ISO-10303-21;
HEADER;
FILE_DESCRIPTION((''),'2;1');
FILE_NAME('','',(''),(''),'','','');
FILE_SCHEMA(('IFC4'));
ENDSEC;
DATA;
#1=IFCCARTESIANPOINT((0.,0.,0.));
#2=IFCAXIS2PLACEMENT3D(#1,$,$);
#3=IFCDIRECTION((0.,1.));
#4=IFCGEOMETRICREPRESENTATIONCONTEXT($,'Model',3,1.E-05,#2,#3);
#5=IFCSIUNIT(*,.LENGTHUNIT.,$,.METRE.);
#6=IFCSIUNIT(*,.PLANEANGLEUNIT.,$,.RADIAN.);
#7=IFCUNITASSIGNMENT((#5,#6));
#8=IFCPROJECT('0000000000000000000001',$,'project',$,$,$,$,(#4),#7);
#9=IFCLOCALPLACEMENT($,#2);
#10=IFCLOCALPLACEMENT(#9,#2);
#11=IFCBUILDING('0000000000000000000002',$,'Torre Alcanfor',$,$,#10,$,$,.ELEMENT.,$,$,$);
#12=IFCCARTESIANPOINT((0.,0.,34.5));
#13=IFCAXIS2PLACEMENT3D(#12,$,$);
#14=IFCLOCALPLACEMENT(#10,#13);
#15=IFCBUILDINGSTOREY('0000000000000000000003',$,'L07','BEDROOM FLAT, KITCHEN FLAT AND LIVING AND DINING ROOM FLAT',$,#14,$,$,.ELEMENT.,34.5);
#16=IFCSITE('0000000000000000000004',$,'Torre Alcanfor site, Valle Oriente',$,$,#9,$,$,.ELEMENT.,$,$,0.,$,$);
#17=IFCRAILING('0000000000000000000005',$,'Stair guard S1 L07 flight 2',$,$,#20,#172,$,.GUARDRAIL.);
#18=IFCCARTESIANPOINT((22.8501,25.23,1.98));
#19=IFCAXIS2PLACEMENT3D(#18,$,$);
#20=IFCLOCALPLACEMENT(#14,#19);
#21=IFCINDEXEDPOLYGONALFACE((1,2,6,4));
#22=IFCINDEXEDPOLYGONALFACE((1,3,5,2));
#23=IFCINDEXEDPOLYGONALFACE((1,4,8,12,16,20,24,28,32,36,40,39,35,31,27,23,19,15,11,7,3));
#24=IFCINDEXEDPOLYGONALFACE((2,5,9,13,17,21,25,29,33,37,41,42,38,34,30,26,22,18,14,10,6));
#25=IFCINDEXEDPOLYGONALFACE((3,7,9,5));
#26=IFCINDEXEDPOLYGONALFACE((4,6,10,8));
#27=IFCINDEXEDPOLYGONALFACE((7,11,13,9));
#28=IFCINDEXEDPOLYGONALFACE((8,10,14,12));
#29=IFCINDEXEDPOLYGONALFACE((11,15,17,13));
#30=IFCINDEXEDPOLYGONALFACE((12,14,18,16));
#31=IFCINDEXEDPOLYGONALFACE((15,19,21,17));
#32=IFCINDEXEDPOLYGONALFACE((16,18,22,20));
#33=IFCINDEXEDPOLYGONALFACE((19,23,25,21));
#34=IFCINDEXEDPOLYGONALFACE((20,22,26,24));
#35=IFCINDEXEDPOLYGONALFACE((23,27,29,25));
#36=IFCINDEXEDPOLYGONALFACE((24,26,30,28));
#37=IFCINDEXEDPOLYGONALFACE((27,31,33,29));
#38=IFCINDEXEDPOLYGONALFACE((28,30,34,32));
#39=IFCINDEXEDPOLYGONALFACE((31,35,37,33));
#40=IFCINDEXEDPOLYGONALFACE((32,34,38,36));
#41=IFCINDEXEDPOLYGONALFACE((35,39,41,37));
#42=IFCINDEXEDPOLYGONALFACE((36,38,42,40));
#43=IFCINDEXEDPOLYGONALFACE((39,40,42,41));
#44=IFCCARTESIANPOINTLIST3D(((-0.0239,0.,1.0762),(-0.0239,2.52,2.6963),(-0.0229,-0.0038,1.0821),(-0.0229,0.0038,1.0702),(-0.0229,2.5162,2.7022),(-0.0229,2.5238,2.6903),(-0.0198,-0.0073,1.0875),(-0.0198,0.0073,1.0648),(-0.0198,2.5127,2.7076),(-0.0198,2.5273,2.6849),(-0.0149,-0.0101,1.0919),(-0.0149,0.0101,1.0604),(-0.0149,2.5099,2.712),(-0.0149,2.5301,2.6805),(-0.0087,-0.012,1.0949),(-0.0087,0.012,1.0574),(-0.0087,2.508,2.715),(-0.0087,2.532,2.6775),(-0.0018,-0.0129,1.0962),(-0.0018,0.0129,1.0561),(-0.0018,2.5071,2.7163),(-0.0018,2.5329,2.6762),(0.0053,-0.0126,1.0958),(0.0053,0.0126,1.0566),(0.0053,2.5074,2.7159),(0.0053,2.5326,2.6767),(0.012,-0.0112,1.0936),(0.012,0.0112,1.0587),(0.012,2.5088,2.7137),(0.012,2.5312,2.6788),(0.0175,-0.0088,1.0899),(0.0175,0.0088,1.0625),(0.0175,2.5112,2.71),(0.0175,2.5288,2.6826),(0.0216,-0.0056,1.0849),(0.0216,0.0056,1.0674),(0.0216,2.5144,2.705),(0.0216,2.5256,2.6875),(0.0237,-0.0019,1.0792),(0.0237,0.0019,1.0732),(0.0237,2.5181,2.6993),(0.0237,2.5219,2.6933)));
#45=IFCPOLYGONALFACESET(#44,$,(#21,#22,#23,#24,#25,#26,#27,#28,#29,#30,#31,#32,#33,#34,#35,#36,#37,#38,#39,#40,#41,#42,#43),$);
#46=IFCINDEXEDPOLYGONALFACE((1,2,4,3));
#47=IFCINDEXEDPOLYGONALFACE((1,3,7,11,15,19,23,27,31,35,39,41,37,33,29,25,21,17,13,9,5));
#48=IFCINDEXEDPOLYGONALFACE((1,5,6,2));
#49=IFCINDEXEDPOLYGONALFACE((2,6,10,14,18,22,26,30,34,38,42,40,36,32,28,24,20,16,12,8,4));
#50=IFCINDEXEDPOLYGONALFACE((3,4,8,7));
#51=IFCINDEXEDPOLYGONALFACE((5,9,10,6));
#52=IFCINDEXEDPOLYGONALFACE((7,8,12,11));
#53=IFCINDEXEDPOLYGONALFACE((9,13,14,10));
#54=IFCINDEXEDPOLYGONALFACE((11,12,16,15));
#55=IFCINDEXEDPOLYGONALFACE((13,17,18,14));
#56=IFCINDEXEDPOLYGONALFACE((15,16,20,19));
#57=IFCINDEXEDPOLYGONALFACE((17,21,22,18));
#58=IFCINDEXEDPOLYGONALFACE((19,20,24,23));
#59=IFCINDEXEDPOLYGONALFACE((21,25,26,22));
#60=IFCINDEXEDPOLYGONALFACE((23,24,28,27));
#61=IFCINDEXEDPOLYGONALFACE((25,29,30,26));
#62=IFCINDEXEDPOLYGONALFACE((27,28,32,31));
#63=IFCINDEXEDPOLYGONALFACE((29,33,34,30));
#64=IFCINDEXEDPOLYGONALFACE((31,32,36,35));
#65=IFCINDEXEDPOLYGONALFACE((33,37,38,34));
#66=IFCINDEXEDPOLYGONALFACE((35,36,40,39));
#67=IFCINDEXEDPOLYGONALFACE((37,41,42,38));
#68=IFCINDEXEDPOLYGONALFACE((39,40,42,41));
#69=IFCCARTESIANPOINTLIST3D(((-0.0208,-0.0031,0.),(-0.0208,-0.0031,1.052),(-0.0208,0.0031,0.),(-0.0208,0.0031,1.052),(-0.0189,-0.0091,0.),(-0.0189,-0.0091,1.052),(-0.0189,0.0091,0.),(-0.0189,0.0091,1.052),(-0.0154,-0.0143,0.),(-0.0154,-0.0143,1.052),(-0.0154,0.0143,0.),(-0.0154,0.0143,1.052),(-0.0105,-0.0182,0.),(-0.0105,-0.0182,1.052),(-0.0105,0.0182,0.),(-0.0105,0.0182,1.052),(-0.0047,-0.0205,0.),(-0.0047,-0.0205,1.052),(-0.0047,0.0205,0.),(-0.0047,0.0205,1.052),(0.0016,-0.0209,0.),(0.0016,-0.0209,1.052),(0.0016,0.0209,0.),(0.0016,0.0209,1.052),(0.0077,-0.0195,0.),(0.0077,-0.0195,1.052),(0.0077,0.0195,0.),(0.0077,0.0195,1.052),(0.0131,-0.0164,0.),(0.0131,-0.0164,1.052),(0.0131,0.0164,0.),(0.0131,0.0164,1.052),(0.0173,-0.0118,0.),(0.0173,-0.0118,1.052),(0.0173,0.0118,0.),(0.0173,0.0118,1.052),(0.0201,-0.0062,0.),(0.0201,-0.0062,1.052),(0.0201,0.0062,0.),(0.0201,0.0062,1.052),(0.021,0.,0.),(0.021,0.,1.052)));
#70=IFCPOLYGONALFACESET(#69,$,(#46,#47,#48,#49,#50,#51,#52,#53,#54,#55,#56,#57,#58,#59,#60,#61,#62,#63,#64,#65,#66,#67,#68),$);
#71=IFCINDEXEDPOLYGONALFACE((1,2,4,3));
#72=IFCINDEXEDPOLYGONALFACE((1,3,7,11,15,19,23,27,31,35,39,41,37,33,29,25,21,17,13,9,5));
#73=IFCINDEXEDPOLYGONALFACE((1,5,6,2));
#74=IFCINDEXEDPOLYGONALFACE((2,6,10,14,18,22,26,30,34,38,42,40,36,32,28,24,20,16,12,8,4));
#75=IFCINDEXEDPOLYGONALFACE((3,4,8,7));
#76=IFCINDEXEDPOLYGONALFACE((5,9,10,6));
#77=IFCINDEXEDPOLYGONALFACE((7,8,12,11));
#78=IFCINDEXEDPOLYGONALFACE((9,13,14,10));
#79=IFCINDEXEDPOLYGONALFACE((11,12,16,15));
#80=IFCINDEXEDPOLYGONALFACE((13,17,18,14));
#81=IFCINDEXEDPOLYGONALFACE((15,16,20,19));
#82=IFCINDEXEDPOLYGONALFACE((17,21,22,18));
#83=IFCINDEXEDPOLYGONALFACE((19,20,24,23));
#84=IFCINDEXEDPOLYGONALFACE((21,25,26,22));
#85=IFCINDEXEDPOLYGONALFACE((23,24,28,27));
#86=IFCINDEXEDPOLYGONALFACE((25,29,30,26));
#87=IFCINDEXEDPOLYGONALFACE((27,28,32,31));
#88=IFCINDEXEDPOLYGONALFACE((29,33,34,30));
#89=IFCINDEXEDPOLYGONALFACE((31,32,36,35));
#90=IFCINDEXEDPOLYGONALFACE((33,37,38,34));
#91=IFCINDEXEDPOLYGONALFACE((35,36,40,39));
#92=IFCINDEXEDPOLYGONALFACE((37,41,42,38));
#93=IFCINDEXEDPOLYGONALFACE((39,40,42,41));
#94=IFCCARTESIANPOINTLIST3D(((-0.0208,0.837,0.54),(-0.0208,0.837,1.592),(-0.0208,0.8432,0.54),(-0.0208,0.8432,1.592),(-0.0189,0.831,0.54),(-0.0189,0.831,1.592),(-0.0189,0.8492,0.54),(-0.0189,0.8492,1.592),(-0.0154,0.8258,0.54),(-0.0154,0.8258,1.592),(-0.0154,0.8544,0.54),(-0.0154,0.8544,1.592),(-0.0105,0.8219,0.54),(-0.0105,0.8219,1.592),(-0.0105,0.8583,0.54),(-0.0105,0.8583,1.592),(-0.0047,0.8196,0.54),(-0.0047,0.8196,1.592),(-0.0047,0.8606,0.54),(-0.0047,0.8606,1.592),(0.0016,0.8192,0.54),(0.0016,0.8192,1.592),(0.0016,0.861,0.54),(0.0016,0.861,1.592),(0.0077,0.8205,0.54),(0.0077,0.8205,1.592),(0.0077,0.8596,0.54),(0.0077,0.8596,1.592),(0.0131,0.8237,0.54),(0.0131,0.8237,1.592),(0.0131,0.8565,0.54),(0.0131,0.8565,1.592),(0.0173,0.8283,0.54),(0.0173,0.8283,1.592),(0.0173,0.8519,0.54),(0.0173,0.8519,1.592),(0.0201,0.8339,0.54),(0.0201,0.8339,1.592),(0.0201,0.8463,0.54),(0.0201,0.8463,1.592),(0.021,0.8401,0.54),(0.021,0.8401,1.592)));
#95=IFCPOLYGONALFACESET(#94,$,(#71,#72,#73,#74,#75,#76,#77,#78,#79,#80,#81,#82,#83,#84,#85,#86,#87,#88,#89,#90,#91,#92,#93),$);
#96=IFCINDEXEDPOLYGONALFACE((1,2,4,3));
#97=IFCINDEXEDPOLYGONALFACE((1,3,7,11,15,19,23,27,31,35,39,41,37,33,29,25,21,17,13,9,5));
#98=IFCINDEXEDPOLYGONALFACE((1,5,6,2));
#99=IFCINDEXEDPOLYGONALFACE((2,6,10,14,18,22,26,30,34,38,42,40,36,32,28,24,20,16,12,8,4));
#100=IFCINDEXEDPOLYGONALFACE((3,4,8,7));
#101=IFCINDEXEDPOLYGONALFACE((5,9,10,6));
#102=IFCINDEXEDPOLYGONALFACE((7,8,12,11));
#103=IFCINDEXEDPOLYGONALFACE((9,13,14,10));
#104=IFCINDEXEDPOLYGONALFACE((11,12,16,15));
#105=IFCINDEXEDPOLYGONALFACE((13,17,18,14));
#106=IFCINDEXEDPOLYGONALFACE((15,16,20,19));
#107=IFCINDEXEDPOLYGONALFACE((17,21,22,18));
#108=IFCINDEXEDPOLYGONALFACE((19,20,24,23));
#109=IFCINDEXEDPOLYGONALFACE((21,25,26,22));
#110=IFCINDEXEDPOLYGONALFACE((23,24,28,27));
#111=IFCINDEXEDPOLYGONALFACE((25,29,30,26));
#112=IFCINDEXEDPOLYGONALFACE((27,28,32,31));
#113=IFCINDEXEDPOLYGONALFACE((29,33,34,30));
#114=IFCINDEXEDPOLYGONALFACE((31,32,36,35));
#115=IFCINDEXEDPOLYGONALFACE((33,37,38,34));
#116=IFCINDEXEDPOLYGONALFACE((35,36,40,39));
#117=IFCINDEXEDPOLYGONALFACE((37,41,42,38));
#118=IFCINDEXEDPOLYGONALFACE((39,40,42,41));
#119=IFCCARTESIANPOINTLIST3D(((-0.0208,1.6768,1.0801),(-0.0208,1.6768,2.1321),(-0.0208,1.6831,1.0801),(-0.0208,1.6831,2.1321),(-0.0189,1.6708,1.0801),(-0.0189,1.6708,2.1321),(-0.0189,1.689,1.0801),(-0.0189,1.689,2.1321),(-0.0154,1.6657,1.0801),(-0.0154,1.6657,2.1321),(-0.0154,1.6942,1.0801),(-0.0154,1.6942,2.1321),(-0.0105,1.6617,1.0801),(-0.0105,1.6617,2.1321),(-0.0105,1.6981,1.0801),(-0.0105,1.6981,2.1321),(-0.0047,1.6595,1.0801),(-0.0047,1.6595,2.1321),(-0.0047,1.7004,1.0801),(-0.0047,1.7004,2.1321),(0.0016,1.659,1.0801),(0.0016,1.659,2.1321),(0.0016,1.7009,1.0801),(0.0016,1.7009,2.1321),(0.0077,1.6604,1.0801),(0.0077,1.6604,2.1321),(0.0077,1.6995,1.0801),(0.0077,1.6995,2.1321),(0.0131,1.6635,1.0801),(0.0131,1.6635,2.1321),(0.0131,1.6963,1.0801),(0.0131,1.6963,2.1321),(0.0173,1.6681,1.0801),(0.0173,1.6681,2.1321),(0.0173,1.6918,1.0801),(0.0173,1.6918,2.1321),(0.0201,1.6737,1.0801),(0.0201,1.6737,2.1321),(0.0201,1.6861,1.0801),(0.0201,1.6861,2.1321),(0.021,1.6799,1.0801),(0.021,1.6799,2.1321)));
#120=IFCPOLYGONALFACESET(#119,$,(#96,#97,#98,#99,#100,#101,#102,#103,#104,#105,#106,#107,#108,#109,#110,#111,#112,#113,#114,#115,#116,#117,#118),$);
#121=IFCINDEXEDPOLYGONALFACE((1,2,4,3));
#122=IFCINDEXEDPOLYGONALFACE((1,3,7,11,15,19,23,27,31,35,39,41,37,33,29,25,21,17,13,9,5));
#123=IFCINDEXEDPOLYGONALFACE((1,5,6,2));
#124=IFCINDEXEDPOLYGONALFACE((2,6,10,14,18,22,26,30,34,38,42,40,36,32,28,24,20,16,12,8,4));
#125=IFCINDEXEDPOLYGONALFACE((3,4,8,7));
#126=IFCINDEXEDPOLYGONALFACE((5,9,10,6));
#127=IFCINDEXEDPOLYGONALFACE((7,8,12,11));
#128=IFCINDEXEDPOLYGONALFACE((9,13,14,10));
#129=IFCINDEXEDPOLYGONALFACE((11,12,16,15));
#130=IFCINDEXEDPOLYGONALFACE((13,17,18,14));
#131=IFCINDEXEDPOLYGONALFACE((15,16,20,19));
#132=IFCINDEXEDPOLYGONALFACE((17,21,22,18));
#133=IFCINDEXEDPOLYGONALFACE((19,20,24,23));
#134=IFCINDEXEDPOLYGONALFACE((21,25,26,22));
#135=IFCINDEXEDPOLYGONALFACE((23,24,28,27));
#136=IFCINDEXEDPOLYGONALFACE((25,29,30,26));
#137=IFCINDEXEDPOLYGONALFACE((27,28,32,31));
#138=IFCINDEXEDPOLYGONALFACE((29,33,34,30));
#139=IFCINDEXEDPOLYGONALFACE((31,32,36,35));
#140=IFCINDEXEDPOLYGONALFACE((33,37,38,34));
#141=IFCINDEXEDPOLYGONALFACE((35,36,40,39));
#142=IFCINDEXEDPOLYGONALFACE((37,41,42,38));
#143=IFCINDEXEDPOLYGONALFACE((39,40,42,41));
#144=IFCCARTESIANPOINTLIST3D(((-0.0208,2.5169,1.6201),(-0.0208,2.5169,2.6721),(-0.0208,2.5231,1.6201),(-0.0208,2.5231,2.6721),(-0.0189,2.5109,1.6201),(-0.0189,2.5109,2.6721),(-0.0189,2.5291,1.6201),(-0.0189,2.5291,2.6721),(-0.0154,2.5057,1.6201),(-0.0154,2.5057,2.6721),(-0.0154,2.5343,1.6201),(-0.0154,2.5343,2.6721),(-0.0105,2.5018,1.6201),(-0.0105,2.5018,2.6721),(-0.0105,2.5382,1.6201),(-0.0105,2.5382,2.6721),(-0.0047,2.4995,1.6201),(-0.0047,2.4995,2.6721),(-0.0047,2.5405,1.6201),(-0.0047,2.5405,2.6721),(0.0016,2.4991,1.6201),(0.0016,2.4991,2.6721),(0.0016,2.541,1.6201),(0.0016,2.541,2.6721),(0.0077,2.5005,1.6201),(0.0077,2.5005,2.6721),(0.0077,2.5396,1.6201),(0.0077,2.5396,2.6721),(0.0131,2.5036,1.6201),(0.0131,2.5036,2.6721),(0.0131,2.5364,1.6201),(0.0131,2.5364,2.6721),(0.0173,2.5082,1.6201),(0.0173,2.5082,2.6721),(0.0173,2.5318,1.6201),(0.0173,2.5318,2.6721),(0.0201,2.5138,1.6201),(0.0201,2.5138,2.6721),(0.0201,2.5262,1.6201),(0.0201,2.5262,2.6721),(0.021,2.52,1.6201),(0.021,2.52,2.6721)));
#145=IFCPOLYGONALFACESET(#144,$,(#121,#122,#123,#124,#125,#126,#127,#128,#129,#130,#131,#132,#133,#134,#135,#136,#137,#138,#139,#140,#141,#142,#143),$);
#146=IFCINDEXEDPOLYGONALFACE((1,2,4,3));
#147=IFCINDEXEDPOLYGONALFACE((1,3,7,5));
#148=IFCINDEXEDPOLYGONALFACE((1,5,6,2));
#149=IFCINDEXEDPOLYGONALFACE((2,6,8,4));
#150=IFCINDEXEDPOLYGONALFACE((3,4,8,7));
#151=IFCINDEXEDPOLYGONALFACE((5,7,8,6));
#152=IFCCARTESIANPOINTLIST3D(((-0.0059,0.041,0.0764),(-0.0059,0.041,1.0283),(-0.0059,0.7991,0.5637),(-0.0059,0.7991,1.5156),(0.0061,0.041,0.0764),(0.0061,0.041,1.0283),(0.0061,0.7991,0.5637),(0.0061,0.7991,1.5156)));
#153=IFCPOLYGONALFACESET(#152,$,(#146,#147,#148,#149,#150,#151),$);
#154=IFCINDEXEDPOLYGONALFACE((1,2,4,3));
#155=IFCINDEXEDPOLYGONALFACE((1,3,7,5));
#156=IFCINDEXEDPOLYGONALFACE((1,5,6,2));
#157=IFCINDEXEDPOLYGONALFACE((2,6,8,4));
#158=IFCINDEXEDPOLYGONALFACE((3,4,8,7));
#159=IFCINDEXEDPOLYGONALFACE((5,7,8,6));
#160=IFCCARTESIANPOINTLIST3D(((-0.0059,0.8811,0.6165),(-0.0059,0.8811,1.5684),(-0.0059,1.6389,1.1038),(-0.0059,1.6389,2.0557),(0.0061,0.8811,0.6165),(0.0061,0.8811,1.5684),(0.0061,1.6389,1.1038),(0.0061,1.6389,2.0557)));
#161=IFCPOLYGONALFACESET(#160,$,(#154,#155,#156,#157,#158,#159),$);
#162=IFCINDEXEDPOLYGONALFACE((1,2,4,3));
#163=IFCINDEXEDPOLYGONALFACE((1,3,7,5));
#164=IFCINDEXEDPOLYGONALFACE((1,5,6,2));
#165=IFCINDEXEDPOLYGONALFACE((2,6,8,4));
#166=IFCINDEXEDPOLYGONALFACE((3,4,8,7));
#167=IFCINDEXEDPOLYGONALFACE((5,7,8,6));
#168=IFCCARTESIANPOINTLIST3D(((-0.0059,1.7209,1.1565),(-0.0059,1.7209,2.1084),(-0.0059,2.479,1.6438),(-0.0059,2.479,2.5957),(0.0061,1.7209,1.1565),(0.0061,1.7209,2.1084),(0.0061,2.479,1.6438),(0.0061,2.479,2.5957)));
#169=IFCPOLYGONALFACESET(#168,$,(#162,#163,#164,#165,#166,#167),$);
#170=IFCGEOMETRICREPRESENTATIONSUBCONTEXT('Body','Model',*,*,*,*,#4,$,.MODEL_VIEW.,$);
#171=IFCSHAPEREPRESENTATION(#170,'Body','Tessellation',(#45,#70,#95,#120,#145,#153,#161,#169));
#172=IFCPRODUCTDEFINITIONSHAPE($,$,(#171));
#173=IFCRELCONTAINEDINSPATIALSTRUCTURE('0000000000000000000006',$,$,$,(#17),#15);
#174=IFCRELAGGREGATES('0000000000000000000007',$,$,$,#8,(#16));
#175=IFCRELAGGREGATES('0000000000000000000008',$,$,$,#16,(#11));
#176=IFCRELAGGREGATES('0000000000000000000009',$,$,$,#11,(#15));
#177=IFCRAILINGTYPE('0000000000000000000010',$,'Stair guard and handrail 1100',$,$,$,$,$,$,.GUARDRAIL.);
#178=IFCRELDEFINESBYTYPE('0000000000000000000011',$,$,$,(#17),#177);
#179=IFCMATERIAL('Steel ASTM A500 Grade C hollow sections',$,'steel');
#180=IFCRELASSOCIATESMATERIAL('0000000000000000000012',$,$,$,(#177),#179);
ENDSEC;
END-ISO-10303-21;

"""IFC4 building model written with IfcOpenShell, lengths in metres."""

from ifc_helpers import new_model, si_unit, direction, frame, origin, origin_2d, place, context, subcontext, project, spatial, polyline, circle, outline, extrude, material, type_object, element, save


model = new_model("IFC4")

# Units and contexts
model_context = context("Model", 3, precision=1e-05, world=origin(), true_north=direction((0.0, 1.0)))
body_context = subcontext(model_context, "Body", "Model", "MODEL_VIEW")
ifc_project = project(units=[si_unit("LENGTHUNIT", "METRE"), si_unit("PLANEANGLEUNIT", "RADIAN")], contexts=[model_context])

# Site, building, storey
site_placement = place(None, origin())
site = spatial("IfcSite", under=ifc_project, at=site_placement, Name="Torre Alcanfor site, Valle Oriente", CompositionType="ELEMENT", RefElevation=0.0)
building_placement = place(site_placement, origin())
building = spatial("IfcBuilding", under=site, at=building_placement, Name="Torre Alcanfor", CompositionType="ELEMENT")
storey_placement = place(building_placement, frame((0.0, 0.0, 34.5)))
storey = spatial("IfcBuildingStorey", under=building, at=storey_placement, Name="L07", Description="BEDROOM FLAT, KITCHEN FLAT AND LIVING AND DINING ROOM FLAT", CompositionType="ELEMENT", Elevation=34.5)

# Railing
ifc_material_1 = material(Name="Steel ASTM A500 Grade C hollow sections", Category="steel")
railing_type_1 = type_object("IfcRailingType", Name="Stair guard and handrail 1100", PredefinedType="GUARDRAIL", material=ifc_material_1)
railing_1_placement = place(storey_placement, frame((22.8501, 25.23, 1.98)))
element("IfcRailing", 1, at=railing_1_placement, inside=storey, type_object=railing_type_1, Name="Stair guard S1 L07 flight 2", PredefinedType="GUARDRAIL", context=body_context, shape_type="SweptSolid", body=[
    extrude(circle(Radius=0.0239, at=origin_2d()), frame((0.0, 0.0, 1.0762), z_axis=(0.0, 0.841163, 0.540782), x_axis=(-1.0, 0.0, 0.0)), (0.0, 0.0, 1.0), 2.9958),
    extrude(circle(Radius=0.021, at=origin_2d()), origin(), (0.0, 0.0, 1.0), 1.052),
    extrude(circle(Radius=0.021, at=origin_2d()), frame((0.0, 0.8401, 0.54)), (0.0, 0.0, 1.0), 1.052),
    extrude(circle(Radius=0.021, at=origin_2d()), frame((0.0, 1.6799, 1.0801)), (0.0, 0.0, 1.0), 1.052),
    extrude(circle(Radius=0.021, at=origin_2d()), frame((0.0, 2.52, 1.6201)), (0.0, 0.0, 1.0), 1.052),
    extrude(outline(polyline([(0.041, 0.0764), (0.7991, 0.5637), (0.7991, 1.5156), (0.041, 1.0283), (0.041, 0.0764)])), frame((-0.0059, 0.0, 0.0), z_axis=(1.0, 0.0, 0.0), x_axis=(0.0, 1.0, 0.0)), (0.0, 0.0, 1.0), 0.012),
    extrude(outline(polyline([(0.8811, 0.6165), (1.6389, 1.1038), (1.6389, 2.0557), (0.8811, 1.5684), (0.8811, 0.6165)])), frame((-0.0059, 0.0, 0.0), z_axis=(1.0, 0.0, 0.0), x_axis=(0.0, 1.0, 0.0)), (0.0, 0.0, 1.0), 0.012),
    extrude(outline(polyline([(1.7209, 1.1565), (2.479, 1.6438), (2.479, 2.5957), (1.7209, 2.1084), (1.7209, 1.1565)])), frame((-0.0059, 0.0, 0.0), z_axis=(1.0, 0.0, 0.0), x_axis=(0.0, 1.0, 0.0)), (0.0, 0.0, 1.0), 0.012),
])

save(model, "model.ifc")
